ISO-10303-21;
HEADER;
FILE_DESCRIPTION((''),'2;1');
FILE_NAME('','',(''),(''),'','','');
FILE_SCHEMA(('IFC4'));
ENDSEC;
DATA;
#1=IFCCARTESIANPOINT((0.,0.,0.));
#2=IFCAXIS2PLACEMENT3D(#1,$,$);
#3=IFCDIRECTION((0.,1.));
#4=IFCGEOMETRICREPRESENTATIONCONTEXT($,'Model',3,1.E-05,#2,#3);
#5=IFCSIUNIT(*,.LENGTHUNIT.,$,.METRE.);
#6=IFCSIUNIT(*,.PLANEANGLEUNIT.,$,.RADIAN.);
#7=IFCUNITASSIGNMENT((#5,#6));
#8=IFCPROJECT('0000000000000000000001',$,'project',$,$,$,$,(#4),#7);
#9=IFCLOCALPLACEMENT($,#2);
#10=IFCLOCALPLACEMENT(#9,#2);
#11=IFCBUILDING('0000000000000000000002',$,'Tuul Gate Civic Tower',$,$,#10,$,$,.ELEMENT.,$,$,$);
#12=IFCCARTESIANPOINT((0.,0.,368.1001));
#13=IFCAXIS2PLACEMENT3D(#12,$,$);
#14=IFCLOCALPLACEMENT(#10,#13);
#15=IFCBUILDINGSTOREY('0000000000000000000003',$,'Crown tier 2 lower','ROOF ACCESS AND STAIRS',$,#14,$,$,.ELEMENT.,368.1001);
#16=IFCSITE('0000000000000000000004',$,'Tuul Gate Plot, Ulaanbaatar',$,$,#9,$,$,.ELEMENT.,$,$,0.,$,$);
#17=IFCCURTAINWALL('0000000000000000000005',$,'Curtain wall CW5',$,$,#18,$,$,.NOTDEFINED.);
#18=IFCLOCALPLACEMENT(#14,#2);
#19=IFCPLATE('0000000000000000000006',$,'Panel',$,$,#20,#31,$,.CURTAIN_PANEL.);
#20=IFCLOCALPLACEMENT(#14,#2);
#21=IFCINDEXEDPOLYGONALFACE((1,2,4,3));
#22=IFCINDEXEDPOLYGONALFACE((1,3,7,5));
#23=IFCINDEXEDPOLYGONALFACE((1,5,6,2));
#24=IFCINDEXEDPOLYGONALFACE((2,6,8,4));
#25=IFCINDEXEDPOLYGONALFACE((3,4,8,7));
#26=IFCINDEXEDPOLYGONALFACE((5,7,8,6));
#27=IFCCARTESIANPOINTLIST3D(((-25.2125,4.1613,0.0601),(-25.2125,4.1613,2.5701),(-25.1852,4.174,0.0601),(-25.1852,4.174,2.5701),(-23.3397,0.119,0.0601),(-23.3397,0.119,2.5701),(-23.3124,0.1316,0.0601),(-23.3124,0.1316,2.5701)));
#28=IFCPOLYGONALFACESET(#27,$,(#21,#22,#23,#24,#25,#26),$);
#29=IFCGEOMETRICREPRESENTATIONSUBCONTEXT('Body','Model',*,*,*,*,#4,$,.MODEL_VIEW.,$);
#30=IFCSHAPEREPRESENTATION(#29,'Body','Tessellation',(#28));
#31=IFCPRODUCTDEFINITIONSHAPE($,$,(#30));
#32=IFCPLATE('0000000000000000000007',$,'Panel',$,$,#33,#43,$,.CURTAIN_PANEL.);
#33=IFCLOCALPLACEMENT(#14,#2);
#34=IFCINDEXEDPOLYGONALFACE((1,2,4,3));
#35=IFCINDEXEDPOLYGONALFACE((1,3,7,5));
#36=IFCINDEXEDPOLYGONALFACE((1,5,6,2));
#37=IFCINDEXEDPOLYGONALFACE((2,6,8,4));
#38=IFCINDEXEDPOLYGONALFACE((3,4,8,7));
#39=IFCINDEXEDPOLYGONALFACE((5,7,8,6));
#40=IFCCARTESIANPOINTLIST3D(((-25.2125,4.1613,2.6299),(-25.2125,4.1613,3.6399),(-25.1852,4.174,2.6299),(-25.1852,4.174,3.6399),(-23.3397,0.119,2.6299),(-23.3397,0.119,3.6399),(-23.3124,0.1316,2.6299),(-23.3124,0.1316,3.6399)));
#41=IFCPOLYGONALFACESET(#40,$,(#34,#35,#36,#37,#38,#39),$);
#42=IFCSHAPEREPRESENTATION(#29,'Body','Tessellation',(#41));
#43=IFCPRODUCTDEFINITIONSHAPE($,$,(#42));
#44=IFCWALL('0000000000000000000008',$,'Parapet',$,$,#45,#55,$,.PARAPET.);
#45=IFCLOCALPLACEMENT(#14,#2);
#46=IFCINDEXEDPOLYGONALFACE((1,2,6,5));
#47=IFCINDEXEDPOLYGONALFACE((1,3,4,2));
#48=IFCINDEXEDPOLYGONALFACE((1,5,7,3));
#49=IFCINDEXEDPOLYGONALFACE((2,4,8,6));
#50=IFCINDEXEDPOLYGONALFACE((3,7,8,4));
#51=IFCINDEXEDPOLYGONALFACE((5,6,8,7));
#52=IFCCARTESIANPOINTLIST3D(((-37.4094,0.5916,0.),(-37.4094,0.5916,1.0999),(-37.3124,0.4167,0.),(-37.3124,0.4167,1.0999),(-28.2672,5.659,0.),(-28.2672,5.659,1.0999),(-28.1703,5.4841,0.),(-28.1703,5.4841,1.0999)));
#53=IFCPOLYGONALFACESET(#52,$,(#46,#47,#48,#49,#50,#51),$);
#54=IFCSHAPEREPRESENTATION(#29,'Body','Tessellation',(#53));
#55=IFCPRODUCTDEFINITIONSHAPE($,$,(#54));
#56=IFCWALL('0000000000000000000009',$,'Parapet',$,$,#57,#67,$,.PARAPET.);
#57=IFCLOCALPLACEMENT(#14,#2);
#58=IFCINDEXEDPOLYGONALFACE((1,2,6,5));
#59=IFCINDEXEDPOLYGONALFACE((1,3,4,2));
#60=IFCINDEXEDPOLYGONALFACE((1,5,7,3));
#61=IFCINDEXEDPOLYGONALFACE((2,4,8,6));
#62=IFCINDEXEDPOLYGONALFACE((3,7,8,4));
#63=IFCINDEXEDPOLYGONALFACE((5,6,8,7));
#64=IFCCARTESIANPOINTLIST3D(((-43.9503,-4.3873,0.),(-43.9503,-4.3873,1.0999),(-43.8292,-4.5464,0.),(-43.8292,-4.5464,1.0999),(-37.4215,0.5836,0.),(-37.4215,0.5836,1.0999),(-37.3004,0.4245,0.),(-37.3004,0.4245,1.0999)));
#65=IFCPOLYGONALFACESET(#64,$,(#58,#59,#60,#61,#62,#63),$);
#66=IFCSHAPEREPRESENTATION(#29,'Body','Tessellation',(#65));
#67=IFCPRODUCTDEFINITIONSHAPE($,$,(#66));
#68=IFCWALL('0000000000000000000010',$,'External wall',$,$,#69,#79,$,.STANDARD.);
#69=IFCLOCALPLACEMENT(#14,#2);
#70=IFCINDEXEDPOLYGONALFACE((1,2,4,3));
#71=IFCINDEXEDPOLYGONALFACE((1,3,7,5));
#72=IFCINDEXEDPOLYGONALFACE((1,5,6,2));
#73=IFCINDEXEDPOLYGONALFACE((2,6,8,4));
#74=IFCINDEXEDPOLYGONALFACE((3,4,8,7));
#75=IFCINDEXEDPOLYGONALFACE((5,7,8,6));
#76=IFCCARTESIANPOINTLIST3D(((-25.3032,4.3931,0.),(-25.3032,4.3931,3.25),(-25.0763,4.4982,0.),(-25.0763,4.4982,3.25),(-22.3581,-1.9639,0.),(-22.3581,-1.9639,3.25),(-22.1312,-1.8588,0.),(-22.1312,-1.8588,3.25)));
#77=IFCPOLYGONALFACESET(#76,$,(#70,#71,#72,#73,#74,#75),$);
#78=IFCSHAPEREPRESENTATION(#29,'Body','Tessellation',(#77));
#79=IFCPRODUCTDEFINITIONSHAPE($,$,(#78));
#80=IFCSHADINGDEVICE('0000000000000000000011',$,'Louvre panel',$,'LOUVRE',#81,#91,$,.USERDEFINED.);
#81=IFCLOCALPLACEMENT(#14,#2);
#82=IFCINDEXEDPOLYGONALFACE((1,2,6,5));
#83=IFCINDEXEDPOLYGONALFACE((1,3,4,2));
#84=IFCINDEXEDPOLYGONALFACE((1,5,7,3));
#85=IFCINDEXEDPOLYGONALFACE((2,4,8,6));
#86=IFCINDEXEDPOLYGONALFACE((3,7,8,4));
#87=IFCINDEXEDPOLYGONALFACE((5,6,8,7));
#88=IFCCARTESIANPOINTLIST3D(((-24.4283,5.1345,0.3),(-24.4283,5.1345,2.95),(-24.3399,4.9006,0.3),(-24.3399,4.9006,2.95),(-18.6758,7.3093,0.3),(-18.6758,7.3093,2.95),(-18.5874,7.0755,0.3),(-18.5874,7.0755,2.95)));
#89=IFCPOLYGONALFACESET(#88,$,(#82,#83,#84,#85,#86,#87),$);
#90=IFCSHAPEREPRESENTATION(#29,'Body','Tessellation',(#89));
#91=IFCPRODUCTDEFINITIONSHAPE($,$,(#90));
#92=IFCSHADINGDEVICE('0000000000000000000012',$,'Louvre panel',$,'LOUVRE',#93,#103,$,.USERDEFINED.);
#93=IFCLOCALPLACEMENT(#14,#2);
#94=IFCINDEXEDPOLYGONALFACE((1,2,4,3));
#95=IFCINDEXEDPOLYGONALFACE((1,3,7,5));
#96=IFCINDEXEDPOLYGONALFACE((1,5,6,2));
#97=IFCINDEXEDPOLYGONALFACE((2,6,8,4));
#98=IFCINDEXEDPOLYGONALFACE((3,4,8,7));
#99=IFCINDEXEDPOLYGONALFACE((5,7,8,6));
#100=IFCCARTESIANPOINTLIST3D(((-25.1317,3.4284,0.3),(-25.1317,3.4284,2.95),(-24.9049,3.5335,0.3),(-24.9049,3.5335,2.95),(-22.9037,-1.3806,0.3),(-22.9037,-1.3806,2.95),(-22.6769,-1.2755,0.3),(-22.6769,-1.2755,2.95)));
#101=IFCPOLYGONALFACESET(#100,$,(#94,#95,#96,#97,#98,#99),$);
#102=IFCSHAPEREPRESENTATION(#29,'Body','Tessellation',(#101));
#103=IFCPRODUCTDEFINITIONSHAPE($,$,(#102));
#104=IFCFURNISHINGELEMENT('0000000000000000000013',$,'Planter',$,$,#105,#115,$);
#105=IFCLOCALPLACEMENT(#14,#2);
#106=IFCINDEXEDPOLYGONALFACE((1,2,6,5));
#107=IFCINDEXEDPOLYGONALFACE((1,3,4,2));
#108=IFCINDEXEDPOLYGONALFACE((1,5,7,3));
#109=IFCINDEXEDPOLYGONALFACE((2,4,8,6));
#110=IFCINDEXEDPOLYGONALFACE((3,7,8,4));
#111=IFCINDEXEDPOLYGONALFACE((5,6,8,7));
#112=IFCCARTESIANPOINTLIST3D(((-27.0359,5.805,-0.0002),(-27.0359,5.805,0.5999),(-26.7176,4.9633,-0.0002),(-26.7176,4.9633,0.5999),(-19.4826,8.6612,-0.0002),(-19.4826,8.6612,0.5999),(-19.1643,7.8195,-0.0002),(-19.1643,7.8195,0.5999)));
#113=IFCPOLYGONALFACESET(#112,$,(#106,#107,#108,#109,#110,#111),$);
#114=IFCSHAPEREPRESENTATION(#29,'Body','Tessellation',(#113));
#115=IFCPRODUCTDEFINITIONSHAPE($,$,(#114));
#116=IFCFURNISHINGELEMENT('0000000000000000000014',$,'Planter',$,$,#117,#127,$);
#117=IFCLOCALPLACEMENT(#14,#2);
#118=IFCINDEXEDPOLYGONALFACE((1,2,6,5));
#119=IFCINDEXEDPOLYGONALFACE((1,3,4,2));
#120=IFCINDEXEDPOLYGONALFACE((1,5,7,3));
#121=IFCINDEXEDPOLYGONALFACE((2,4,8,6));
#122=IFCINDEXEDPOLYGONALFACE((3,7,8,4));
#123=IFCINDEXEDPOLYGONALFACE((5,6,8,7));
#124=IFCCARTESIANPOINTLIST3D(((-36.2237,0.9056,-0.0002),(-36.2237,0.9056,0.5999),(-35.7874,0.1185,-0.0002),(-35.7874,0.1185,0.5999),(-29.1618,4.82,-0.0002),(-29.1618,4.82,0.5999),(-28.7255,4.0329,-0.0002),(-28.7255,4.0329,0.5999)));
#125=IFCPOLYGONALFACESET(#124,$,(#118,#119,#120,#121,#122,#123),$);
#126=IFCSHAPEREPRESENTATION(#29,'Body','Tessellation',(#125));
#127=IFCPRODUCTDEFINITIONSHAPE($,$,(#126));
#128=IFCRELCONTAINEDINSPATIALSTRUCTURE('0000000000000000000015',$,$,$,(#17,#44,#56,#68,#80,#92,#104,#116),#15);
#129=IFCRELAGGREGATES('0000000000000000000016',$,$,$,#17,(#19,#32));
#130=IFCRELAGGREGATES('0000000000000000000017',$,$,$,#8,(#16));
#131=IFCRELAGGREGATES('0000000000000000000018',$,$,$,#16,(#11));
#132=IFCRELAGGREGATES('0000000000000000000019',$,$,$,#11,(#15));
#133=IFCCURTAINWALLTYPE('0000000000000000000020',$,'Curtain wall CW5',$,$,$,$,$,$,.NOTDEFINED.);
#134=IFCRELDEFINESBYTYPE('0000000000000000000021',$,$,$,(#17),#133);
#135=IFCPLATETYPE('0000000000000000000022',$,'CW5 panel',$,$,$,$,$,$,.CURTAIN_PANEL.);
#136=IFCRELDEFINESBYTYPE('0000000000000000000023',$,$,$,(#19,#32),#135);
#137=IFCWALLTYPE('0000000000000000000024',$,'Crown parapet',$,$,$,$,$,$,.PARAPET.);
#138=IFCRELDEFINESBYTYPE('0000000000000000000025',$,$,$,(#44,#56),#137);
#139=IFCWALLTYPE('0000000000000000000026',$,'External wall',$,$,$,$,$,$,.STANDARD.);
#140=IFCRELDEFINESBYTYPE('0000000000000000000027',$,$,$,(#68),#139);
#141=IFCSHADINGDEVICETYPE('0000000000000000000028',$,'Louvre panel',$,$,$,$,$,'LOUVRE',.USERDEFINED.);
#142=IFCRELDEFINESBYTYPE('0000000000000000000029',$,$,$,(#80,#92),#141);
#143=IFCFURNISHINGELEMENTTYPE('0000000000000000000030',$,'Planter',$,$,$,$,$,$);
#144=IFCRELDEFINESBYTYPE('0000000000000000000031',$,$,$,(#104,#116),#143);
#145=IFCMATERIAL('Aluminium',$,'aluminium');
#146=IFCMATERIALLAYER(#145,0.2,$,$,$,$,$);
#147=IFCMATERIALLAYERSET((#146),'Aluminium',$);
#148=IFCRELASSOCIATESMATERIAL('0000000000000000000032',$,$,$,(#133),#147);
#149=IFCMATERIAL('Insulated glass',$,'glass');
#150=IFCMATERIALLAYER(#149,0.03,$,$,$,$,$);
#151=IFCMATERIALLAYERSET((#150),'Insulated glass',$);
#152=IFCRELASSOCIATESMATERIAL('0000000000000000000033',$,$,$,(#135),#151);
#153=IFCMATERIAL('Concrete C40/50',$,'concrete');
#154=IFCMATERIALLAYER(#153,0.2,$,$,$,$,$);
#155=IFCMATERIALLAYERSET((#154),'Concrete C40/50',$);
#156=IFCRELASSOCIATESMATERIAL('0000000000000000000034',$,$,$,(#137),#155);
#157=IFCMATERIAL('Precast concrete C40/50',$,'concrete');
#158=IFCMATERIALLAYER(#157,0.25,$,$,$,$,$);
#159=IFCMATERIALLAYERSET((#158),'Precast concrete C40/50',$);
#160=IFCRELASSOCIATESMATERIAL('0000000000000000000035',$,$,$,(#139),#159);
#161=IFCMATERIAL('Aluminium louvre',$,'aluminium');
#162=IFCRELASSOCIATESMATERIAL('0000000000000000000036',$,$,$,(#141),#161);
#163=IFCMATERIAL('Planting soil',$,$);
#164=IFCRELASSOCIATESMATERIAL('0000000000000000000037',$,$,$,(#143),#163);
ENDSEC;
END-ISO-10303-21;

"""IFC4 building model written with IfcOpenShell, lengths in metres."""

from ifc_helpers import new_model, si_unit, direction, frame, frame_2d, origin, origin_2d, place, context, subcontext, project, spatial, rectangle, extrude, material, layer, layer_set, type_object, element, aggregate, save


model = new_model("IFC4")

# Units and contexts
model_context = context("Model", 3, precision=1e-05, world=origin(), true_north=direction((0.0, 1.0)))
body_context = subcontext(model_context, "Body", "Model", "MODEL_VIEW")
ifc_project = project(units=[si_unit("LENGTHUNIT", "METRE"), si_unit("PLANEANGLEUNIT", "RADIAN")], contexts=[model_context])

# Site, building, storey
site_placement = place(None, origin())
site = spatial("IfcSite", under=ifc_project, at=site_placement, Name="Tuul Gate Plot, Ulaanbaatar", CompositionType="ELEMENT", RefElevation=0.0)
building_placement = place(site_placement, origin())
building = spatial("IfcBuilding", under=site, at=building_placement, Name="Tuul Gate Civic Tower", CompositionType="ELEMENT")
storey_placement = place(building_placement, frame((0.0, 0.0, 368.1001)))
storey = spatial("IfcBuildingStorey", under=building, at=storey_placement, Name="Crown tier 2 lower", Description="ROOF ACCESS AND STAIRS", CompositionType="ELEMENT", Elevation=368.1001)

# Shared definitions
ifc_material_1 = material(Name="Aluminium", Category="aluminium")
ifc_layer_1 = layer(ifc_material_1, 0.2)
ifc_layer_set_1 = layer_set([ifc_layer_1], Name="Aluminium")
curtain_wall_type = type_object("IfcCurtainWallType", Name="Curtain wall CW5", PredefinedType="NOTDEFINED", material=ifc_layer_set_1)

# Curtain wall
curtain_wall_1_placement = place(storey_placement, origin())
curtain_wall_1 = element("IfcCurtainWall", 1, at=curtain_wall_1_placement, inside=storey, type_object=curtain_wall_type, Name="Curtain wall CW5", PredefinedType="NOTDEFINED")

# Plates
ifc_material_2 = material(Name="Insulated glass", Category="glass")
ifc_layer_2 = layer(ifc_material_2, 0.03)
ifc_layer_set_2 = layer_set([ifc_layer_2], Name="Insulated glass")
plate_type = type_object("IfcPlateType", Name="CW5 panel", PredefinedType="CURTAIN_PANEL", material=ifc_layer_set_2)
plate_1_placement = place(storey_placement, frame((-24.2625, 2.1465, 0.0601), z_axis=(0.0, 0.0, 1.0), x_axis=(0.420379, -0.907349, 0.0)))
plate_1 = element("IfcPlate", 2, at=plate_1_placement, type_object=plate_type, Name="Panel", PredefinedType="CURTAIN_PANEL", context=body_context, shape_type="SweptSolid", body=[
    extrude(rectangle(XDim=4.4551, YDim=0.03, at=origin_2d()), origin(), (0.0, 0.0, 1.0), 2.51),
])
plate_2_placement = place(storey_placement, frame((-24.2625, 2.1465, 2.6299), z_axis=(0.0, 0.0, 1.0), x_axis=(0.420379, -0.907349, 0.0)))
plate_2 = element("IfcPlate", 3, at=plate_2_placement, type_object=plate_type, Name="Panel", PredefinedType="CURTAIN_PANEL", context=body_context, shape_type="SweptSolid", body=[
    extrude(rectangle(XDim=4.4551, YDim=0.03, at=origin_2d()), origin(), (0.0, 0.0, 1.0), 1.01),
])
aggregate(curtain_wall_1, [plate_1, plate_2])

# Walls
ifc_material_3 = material(Name="Concrete C40/50", Category="concrete")
ifc_layer_3 = layer(ifc_material_3, 0.2)
ifc_layer_set_3 = layer_set([ifc_layer_3], Name="Concrete C40/50")
wall_type_1 = type_object("IfcWallType", Name="Crown parapet", PredefinedType="PARAPET", material=ifc_layer_set_3)
wall_1_placement = place(storey_placement, frame((-28.2188, 5.5715, 0.0), z_axis=(0.0, 0.0, 1.0), x_axis=(-0.874626, -0.484798, 0.0)))
element("IfcWall", 4, at=wall_1_placement, inside=storey, type_object=wall_type_1, Name="Parapet", PredefinedType="PARAPET", context=body_context, shape_type="SweptSolid", body=[
    extrude(rectangle(XDim=10.4526, YDim=0.2, at=frame_2d((5.2263, 0.0))), origin(), (0.0, 0.0, 1.0), 1.0999),
])
wall_2_placement = place(storey_placement, frame((-37.3608, 0.5042, 0.0), z_axis=(0.0, 0.0, 1.0), x_axis=(-0.79563, -0.605782, 0.0)))
element("IfcWall", 5, at=wall_2_placement, inside=storey, type_object=wall_type_1, Name="Parapet", PredefinedType="PARAPET", context=body_context, shape_type="SweptSolid", body=[
    extrude(rectangle(XDim=8.2058, YDim=0.2, at=frame_2d((4.103, 0.0))), origin(), (0.0, 0.0, 1.0), 1.0999),
])
ifc_material_4 = material(Name="Precast concrete C40/50", Category="concrete")
ifc_layer_4 = layer(ifc_material_4, 0.25)
ifc_layer_set_4 = layer_set([ifc_layer_4], Name="Precast concrete C40/50")
wall_type_2 = type_object("IfcWallType", Name="External wall", PredefinedType="STANDARD", material=ifc_layer_set_4)
wall_3_placement = place(storey_placement, frame((-25.1897, 4.4456, 0.0), z_axis=(0.0, 0.0, 1.0), x_axis=(0.420364, -0.907356, 0.0)))
element("IfcWall", 6, at=wall_3_placement, inside=storey, type_object=wall_type_2, Name="External wall", PredefinedType="STANDARD", context=body_context, shape_type="SweptSolid", body=[
    extrude(rectangle(XDim=7.0061, YDim=0.25, at=frame_2d((3.5029, 0.0))), origin(), (0.0, 0.0, 1.0), 3.25),
])

# Shading devices
ifc_material_5 = material(Name="Aluminium louvre", Category="aluminium")
shading_device_type = type_object("IfcShadingDeviceType", Name="Louvre panel", ElementType="LOUVRE", PredefinedType="USERDEFINED", material=ifc_material_5)
shading_device_1_placement = place(storey_placement, frame((-21.5078, 6.105, 0.3), z_axis=(0.0, 0.0, 1.0), x_axis=(-0.353646, 0.935379, 0.0)))
element("IfcShadingDevice", 7, at=shading_device_1_placement, inside=storey, type_object=shading_device_type, Name="Louvre panel", ObjectType="LOUVRE", PredefinedType="USERDEFINED", context=body_context, shape_type="SweptSolid", body=[
    extrude(rectangle(XDim=0.25, YDim=6.1499, at=origin_2d()), origin(), (0.0, 0.0, 1.0), 2.6499),
])
shading_device_2_placement = place(storey_placement, frame((-23.9043, 1.0764, 0.3), z_axis=(0.0, 0.0, 1.0), x_axis=(-0.907349, -0.420379, 0.0)))
element("IfcShadingDevice", 8, at=shading_device_2_placement, inside=storey, type_object=shading_device_type, Name="Louvre panel", ObjectType="LOUVRE", PredefinedType="USERDEFINED", context=body_context, shape_type="SweptSolid", body=[
    extrude(rectangle(XDim=0.25, YDim=5.3, at=origin_2d()), origin(), (0.0, 0.0, 1.0), 2.6499),
])

# Furnishing elements
ifc_material_6 = material(Name="Planting soil")
furnishing_element_type = type_object("IfcFurnishingElementType", Name="Planter", material=ifc_material_6)
furnishing_1_placement = place(storey_placement, frame((-23.1001, 6.8123, -0.0002), z_axis=(0.0, 0.0, 1.0), x_axis=(-0.935361, -0.353696, 0.0)))
element("IfcFurnishingElement", 9, at=furnishing_1_placement, inside=storey, type_object=furnishing_element_type, Name="Planter", context=body_context, shape_type="SweptSolid", body=[
    extrude(rectangle(XDim=8.0752, YDim=0.8999, at=origin_2d()), origin(), (0.0, 0.0, 1.0), 0.6001),
])
furnishing_2_placement = place(storey_placement, frame((-32.4746, 2.4692, -0.0002), z_axis=(0.0, 0.0, 1.0), x_axis=(-0.874621, -0.484808, 0.0)))
element("IfcFurnishingElement", 10, at=furnishing_2_placement, inside=storey, type_object=furnishing_element_type, Name="Planter", context=body_context, shape_type="SweptSolid", body=[
    extrude(rectangle(XDim=8.0742, YDim=0.8999, at=origin_2d()), origin(), (0.0, 0.0, 1.0), 0.6001),
])

save(model, "model.ifc")
